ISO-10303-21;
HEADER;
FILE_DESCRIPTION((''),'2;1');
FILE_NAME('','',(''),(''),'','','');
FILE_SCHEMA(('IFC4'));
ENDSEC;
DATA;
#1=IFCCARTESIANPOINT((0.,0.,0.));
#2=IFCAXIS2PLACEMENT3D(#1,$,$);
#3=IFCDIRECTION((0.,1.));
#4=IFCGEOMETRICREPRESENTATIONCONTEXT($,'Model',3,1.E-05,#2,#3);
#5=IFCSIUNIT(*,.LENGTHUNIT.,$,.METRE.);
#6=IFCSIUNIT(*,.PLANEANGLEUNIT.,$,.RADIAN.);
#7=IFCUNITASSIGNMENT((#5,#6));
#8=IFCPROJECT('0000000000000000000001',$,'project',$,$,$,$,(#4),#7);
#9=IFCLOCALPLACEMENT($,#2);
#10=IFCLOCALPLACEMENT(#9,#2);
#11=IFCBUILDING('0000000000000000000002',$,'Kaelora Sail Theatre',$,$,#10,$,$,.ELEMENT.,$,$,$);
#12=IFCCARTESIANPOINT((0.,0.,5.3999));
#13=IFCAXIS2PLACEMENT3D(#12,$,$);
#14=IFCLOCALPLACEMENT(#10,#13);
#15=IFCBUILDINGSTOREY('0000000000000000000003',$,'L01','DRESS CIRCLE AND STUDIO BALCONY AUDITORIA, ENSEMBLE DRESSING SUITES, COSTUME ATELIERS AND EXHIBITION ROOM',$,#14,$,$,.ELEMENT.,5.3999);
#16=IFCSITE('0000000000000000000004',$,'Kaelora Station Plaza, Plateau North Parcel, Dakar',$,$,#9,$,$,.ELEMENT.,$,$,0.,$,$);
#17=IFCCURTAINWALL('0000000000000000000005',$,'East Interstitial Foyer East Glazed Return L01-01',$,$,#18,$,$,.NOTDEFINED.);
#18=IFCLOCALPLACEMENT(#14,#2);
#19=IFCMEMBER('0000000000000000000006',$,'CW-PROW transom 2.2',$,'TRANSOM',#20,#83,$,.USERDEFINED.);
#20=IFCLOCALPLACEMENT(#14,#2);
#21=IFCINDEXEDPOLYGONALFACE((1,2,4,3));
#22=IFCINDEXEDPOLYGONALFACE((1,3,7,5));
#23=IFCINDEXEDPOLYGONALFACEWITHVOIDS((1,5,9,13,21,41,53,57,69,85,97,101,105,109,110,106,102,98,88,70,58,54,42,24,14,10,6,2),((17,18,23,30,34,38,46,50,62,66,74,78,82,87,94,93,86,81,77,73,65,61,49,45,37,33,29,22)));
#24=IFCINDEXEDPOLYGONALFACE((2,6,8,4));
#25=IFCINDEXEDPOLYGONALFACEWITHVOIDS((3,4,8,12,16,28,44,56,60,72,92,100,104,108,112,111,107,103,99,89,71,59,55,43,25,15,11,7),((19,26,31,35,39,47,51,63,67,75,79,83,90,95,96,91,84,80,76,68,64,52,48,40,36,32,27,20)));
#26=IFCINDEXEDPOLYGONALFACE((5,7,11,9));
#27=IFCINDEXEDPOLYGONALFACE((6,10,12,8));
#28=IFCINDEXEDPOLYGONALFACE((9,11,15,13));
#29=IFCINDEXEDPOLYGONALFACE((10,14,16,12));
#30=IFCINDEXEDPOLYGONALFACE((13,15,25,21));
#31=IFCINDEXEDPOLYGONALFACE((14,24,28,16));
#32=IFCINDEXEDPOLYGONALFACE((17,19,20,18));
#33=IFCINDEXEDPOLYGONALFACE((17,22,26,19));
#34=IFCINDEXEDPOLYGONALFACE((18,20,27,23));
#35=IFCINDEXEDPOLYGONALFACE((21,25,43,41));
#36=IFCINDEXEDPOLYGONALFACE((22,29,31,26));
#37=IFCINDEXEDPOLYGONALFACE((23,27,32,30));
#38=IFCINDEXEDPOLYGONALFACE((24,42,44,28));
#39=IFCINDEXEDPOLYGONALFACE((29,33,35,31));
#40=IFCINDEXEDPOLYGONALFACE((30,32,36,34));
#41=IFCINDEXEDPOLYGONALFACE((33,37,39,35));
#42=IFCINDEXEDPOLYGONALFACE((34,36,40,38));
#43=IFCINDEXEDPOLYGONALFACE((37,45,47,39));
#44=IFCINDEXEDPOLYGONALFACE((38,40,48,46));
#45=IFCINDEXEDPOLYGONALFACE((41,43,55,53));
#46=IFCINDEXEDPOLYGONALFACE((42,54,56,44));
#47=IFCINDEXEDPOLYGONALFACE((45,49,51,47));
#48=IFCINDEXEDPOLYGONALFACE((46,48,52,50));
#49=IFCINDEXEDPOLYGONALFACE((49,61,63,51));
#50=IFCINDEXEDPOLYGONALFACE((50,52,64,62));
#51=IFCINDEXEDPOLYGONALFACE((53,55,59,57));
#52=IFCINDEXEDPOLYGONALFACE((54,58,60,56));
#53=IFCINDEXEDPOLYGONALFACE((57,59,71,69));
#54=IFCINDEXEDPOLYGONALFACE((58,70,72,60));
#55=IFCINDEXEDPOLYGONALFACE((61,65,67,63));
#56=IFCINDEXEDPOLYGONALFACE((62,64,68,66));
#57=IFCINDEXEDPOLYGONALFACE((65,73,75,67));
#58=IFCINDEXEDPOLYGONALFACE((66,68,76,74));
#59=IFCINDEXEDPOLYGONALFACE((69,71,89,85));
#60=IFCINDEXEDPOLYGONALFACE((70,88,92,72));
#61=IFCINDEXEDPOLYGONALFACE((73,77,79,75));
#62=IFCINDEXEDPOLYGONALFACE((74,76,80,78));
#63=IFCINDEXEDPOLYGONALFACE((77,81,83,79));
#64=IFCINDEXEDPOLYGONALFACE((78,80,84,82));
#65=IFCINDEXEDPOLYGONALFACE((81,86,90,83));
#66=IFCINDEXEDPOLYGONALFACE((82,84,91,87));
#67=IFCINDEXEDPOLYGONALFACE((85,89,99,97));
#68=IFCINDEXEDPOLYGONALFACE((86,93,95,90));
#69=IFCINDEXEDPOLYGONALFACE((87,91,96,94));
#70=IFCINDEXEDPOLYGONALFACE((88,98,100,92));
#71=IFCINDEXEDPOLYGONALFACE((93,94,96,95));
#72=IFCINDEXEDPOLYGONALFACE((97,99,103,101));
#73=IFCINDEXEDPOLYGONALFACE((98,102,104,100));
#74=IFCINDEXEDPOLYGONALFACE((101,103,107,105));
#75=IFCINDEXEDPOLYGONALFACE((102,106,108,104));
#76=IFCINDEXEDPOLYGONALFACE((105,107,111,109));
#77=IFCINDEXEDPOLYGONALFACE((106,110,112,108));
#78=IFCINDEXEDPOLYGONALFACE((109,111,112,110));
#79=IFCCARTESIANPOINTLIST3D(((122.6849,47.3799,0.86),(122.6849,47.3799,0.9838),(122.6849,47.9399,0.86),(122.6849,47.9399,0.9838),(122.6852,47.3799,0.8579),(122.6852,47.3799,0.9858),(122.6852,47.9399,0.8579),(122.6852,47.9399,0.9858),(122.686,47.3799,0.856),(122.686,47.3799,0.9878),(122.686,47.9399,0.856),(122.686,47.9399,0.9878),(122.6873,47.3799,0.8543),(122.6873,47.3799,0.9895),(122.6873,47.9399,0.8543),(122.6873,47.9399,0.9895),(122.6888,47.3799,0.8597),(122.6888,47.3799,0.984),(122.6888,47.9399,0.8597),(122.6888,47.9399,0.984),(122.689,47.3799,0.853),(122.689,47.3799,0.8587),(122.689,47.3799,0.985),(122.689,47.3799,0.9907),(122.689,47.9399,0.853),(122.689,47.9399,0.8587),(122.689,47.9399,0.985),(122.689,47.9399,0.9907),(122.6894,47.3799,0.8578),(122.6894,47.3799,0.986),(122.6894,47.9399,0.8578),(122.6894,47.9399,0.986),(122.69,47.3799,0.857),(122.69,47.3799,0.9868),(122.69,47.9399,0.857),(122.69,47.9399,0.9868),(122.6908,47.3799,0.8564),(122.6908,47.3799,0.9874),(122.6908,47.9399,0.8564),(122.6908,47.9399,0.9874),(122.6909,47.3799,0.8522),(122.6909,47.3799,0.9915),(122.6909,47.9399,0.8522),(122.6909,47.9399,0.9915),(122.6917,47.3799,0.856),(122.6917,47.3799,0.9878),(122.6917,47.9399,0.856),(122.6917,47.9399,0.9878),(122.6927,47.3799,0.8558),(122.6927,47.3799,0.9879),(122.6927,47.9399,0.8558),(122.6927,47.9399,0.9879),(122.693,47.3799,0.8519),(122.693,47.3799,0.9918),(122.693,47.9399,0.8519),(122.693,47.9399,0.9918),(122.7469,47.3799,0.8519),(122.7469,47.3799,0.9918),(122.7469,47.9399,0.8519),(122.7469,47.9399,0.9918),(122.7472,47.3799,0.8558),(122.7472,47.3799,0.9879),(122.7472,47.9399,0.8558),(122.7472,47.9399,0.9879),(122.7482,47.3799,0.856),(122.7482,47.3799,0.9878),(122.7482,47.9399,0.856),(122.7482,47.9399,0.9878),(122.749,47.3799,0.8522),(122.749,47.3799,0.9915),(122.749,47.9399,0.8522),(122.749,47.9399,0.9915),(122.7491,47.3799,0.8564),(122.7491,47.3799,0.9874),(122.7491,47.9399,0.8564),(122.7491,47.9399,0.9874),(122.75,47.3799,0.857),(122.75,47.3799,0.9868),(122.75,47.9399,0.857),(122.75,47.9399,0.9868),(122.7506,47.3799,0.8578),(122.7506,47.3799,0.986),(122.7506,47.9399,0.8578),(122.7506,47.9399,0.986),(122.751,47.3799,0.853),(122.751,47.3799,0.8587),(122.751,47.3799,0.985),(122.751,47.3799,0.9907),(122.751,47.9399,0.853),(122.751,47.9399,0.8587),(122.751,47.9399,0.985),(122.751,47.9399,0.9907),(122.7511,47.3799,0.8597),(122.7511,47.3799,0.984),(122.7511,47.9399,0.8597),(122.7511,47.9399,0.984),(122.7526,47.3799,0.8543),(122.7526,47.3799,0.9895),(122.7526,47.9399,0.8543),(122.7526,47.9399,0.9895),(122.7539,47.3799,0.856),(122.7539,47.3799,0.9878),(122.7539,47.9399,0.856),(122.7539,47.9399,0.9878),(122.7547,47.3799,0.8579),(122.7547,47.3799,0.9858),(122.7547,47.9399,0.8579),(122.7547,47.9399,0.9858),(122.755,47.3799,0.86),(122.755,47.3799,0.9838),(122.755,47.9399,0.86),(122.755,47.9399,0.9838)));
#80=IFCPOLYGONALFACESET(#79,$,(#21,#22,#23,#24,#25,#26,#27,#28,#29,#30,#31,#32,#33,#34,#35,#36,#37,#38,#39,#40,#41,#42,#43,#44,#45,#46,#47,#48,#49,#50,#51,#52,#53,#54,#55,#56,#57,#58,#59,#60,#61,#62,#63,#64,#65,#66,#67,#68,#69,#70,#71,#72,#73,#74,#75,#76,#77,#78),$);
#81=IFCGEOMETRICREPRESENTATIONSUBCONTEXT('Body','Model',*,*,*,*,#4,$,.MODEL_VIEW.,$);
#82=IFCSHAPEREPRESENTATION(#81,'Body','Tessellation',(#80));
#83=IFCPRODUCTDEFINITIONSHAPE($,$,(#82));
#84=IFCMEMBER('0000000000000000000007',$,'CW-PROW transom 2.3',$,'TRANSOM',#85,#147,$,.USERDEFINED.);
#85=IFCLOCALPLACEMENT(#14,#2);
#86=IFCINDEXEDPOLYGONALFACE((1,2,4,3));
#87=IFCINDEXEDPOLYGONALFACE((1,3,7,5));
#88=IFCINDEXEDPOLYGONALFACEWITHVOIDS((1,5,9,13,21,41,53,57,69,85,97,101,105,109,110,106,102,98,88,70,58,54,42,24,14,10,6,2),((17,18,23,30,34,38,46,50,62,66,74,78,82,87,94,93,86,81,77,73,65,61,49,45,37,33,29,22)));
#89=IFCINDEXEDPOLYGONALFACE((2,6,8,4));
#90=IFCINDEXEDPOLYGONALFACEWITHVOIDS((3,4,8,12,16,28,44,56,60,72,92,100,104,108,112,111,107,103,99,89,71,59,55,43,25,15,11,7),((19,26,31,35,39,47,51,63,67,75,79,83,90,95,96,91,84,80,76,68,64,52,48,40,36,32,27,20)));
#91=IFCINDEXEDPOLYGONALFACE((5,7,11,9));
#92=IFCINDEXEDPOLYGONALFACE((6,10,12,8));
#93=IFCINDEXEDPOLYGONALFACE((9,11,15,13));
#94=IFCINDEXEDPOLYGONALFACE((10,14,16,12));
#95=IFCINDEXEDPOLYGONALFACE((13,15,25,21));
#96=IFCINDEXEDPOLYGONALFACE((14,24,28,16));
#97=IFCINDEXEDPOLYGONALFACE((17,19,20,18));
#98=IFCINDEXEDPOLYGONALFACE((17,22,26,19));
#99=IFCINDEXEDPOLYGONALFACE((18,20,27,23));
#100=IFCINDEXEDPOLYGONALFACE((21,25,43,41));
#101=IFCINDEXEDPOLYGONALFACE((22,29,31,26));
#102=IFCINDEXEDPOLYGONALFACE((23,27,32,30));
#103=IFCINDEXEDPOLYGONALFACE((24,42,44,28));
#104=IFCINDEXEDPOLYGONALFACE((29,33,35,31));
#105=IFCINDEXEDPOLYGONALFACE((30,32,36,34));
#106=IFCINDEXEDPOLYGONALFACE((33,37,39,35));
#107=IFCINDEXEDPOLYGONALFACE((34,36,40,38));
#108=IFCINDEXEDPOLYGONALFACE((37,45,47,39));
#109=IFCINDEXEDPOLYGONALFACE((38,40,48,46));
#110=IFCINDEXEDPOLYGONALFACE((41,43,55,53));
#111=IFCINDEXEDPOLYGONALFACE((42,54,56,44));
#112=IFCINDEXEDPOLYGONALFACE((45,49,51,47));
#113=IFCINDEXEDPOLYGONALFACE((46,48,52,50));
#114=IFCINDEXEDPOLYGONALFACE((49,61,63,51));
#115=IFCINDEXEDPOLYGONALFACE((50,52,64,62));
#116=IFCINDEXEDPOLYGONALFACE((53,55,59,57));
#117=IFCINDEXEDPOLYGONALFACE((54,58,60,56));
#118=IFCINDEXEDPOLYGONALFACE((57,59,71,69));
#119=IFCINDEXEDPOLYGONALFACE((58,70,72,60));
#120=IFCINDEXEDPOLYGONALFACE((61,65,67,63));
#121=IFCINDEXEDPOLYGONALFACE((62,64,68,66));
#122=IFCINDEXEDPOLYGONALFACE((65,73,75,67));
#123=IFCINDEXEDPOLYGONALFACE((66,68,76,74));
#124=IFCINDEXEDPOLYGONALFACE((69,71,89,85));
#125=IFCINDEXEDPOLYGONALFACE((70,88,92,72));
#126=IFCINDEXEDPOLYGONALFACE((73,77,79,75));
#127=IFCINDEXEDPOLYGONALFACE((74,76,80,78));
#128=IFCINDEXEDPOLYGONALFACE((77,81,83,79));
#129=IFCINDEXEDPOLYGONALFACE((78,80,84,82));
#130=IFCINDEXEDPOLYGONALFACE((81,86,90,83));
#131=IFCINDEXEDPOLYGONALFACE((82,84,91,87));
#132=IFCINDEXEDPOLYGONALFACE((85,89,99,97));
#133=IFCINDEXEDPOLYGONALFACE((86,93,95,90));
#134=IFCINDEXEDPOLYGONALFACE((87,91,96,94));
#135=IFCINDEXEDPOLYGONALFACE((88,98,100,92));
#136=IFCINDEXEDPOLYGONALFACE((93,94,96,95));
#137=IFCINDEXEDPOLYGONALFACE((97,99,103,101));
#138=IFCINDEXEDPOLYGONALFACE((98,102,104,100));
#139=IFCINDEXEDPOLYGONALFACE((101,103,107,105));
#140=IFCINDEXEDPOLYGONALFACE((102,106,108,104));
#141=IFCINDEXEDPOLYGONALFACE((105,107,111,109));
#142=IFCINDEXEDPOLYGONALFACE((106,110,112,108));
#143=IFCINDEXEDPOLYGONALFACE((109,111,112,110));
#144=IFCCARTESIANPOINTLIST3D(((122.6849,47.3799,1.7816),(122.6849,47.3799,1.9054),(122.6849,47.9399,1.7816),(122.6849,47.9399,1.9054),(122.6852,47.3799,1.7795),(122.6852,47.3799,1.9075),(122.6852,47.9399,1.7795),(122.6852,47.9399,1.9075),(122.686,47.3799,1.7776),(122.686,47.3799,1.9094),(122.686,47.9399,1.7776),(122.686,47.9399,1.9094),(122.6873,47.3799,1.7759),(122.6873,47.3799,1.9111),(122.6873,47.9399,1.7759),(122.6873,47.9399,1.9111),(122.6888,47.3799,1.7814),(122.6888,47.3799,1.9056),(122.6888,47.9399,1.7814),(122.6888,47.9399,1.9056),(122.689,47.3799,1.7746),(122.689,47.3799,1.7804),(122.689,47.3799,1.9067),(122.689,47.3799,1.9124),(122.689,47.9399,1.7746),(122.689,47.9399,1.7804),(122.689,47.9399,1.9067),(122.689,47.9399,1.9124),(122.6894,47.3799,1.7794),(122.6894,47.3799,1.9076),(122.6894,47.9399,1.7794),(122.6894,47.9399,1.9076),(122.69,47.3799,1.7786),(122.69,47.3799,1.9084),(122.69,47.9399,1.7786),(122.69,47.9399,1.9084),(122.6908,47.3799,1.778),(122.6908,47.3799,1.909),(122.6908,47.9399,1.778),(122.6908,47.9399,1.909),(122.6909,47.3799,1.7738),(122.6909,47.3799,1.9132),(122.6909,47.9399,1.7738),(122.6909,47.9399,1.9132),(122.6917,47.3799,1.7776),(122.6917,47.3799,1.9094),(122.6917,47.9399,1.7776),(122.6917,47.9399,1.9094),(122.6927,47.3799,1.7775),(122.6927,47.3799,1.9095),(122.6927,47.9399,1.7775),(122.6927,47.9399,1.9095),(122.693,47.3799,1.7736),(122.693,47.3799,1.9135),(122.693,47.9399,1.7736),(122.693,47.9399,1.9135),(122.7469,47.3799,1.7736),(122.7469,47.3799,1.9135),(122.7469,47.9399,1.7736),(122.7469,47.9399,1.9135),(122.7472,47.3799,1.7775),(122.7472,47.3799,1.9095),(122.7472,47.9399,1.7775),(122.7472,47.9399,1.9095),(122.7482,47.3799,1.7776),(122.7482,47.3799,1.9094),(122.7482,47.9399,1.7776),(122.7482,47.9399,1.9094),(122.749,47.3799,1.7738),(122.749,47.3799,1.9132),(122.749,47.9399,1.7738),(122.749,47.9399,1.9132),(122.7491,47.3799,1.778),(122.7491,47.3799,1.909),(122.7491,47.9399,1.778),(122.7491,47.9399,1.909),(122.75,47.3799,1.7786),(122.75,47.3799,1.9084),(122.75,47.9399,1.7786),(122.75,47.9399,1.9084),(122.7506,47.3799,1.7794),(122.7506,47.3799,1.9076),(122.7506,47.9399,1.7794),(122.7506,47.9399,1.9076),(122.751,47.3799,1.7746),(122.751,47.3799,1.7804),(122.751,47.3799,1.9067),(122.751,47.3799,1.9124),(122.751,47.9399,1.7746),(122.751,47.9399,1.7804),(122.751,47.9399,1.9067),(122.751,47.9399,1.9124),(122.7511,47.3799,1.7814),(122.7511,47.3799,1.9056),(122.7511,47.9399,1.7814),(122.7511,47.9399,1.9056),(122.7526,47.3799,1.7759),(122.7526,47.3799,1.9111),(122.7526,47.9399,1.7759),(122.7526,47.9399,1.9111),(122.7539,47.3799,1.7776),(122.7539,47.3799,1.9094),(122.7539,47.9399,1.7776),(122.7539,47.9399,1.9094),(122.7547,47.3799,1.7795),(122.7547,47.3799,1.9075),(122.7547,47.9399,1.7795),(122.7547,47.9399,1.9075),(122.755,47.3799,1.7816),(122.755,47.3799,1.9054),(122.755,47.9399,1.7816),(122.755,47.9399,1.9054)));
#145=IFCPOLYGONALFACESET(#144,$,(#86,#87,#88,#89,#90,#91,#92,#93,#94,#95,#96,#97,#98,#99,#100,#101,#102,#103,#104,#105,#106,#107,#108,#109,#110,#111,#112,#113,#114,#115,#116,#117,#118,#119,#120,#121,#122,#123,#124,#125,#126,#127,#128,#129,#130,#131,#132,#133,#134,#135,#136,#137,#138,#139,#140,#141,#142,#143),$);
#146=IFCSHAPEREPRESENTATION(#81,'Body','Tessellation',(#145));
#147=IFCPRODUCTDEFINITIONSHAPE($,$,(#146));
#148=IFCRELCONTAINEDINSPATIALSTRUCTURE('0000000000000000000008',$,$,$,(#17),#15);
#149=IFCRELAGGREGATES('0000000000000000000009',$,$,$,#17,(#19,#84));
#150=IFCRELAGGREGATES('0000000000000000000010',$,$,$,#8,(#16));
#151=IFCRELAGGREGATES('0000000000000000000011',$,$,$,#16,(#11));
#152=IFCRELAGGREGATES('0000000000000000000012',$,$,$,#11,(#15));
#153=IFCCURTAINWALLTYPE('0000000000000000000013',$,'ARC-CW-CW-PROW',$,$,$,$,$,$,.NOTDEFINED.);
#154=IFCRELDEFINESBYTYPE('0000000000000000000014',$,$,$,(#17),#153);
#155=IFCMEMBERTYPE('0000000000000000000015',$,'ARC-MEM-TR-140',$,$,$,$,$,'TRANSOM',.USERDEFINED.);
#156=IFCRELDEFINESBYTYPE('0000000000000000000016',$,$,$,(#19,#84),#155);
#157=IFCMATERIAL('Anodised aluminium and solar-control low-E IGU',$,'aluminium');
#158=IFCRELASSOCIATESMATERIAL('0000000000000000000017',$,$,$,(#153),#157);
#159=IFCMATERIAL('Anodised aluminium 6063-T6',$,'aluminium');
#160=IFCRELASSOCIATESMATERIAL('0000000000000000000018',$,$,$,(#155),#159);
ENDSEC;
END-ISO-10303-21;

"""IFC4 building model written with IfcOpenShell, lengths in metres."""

from ifc_helpers import new_model, si_unit, direction, frame, origin, origin_2d, place, context, subcontext, project, spatial, hollow_rectangle, extrude, material, material_profile, profile_set, type_object, element, aggregate, save


model = new_model("IFC4")

# Units and contexts
model_context = context("Model", 3, precision=1e-05, world=origin(), true_north=direction((0.0, 1.0)))
body_context = subcontext(model_context, "Body", "Model", "MODEL_VIEW")
ifc_project = project(units=[si_unit("LENGTHUNIT", "METRE"), si_unit("PLANEANGLEUNIT", "RADIAN")], contexts=[model_context])

# Site, building, storey
site_placement = place(None, origin())
site = spatial("IfcSite", under=ifc_project, at=site_placement, Name="Kaelora Station Plaza, Plateau North Parcel, Dakar", CompositionType="ELEMENT", RefElevation=0.0)
building_placement = place(site_placement, origin())
building = spatial("IfcBuilding", under=site, at=building_placement, Name="Kaelora Sail Theatre", CompositionType="ELEMENT")
storey_placement = place(building_placement, frame((0.0, 0.0, 5.3999)))
storey = spatial("IfcBuildingStorey", under=building, at=storey_placement, Name="L01", Description="DRESS CIRCLE AND STUDIO BALCONY AUDITORIA, ENSEMBLE DRESSING SUITES, COSTUME ATELIERS AND EXHIBITION ROOM", CompositionType="ELEMENT", Elevation=5.3999)

# Curtain wall
ifc_material_1 = material(Name="Anodised aluminium and solar-control low-E IGU", Category="aluminium")
curtain_wall_type = type_object("IfcCurtainWallType", Name="ARC-CW-CW-PROW", PredefinedType="NOTDEFINED", material=ifc_material_1)
curtain_wall_1_placement = place(storey_placement, origin())
curtain_wall_1 = element("IfcCurtainWall", 1, at=curtain_wall_1_placement, inside=storey, type_object=curtain_wall_type, Name="East Interstitial Foyer East Glazed Return L01-01", PredefinedType="NOTDEFINED")

# Members
ifc_material_2 = material(Name="Anodised aluminium 6063-T6", Category="aluminium")
ifc_material_profile_1 = material_profile(ifc_material_2, hollow_rectangle(XDim=0.0701, YDim=0.1399, WallThickness=0.0039, InnerFilletRadius=0.0039, OuterFilletRadius=0.0081, at=origin_2d()), Name="ALU-TRAN 70x140x4")
ifc_profile_set_1 = profile_set([ifc_material_profile_1], Name="Anodised aluminium 6063-T6")
member_type_1 = type_object("IfcMemberType", Name="ARC-MEM-TR-140", ElementType="TRANSOM", PredefinedType="USERDEFINED", material=ifc_profile_set_1)
member_1_placement = place(storey_placement, frame((122.72, 47.3799, 0.9219), z_axis=(0.0, 1.0, 0.0), x_axis=(-1.0, 0.0, 0.0)))
member_1 = element("IfcMember", 2, at=member_1_placement, type_object=member_type_1, Name="CW-PROW transom 2.2", ObjectType="TRANSOM", PredefinedType="USERDEFINED", context=body_context, shape_type="SweptSolid", body=[
    extrude(hollow_rectangle(XDim=0.0701, YDim=0.1399, WallThickness=0.0039, InnerFilletRadius=0.0039, OuterFilletRadius=0.0081, at=origin_2d()), origin(), (0.0, 0.0, 1.0), 0.5601),
])
member_2_placement = place(storey_placement, frame((122.72, 47.3799, 1.8435), z_axis=(0.0, 1.0, 0.0), x_axis=(-1.0, 0.0, 0.0)))
member_2 = element("IfcMember", 3, at=member_2_placement, type_object=member_type_1, Name="CW-PROW transom 2.3", ObjectType="TRANSOM", PredefinedType="USERDEFINED", context=body_context, shape_type="SweptSolid", body=[
    extrude(hollow_rectangle(XDim=0.0701, YDim=0.1399, WallThickness=0.0039, InnerFilletRadius=0.0039, OuterFilletRadius=0.0081, at=origin_2d()), origin(), (0.0, 0.0, 1.0), 0.5601),
])

aggregate(curtain_wall_1, [member_1, member_2])

save(model, "model.ifc")
